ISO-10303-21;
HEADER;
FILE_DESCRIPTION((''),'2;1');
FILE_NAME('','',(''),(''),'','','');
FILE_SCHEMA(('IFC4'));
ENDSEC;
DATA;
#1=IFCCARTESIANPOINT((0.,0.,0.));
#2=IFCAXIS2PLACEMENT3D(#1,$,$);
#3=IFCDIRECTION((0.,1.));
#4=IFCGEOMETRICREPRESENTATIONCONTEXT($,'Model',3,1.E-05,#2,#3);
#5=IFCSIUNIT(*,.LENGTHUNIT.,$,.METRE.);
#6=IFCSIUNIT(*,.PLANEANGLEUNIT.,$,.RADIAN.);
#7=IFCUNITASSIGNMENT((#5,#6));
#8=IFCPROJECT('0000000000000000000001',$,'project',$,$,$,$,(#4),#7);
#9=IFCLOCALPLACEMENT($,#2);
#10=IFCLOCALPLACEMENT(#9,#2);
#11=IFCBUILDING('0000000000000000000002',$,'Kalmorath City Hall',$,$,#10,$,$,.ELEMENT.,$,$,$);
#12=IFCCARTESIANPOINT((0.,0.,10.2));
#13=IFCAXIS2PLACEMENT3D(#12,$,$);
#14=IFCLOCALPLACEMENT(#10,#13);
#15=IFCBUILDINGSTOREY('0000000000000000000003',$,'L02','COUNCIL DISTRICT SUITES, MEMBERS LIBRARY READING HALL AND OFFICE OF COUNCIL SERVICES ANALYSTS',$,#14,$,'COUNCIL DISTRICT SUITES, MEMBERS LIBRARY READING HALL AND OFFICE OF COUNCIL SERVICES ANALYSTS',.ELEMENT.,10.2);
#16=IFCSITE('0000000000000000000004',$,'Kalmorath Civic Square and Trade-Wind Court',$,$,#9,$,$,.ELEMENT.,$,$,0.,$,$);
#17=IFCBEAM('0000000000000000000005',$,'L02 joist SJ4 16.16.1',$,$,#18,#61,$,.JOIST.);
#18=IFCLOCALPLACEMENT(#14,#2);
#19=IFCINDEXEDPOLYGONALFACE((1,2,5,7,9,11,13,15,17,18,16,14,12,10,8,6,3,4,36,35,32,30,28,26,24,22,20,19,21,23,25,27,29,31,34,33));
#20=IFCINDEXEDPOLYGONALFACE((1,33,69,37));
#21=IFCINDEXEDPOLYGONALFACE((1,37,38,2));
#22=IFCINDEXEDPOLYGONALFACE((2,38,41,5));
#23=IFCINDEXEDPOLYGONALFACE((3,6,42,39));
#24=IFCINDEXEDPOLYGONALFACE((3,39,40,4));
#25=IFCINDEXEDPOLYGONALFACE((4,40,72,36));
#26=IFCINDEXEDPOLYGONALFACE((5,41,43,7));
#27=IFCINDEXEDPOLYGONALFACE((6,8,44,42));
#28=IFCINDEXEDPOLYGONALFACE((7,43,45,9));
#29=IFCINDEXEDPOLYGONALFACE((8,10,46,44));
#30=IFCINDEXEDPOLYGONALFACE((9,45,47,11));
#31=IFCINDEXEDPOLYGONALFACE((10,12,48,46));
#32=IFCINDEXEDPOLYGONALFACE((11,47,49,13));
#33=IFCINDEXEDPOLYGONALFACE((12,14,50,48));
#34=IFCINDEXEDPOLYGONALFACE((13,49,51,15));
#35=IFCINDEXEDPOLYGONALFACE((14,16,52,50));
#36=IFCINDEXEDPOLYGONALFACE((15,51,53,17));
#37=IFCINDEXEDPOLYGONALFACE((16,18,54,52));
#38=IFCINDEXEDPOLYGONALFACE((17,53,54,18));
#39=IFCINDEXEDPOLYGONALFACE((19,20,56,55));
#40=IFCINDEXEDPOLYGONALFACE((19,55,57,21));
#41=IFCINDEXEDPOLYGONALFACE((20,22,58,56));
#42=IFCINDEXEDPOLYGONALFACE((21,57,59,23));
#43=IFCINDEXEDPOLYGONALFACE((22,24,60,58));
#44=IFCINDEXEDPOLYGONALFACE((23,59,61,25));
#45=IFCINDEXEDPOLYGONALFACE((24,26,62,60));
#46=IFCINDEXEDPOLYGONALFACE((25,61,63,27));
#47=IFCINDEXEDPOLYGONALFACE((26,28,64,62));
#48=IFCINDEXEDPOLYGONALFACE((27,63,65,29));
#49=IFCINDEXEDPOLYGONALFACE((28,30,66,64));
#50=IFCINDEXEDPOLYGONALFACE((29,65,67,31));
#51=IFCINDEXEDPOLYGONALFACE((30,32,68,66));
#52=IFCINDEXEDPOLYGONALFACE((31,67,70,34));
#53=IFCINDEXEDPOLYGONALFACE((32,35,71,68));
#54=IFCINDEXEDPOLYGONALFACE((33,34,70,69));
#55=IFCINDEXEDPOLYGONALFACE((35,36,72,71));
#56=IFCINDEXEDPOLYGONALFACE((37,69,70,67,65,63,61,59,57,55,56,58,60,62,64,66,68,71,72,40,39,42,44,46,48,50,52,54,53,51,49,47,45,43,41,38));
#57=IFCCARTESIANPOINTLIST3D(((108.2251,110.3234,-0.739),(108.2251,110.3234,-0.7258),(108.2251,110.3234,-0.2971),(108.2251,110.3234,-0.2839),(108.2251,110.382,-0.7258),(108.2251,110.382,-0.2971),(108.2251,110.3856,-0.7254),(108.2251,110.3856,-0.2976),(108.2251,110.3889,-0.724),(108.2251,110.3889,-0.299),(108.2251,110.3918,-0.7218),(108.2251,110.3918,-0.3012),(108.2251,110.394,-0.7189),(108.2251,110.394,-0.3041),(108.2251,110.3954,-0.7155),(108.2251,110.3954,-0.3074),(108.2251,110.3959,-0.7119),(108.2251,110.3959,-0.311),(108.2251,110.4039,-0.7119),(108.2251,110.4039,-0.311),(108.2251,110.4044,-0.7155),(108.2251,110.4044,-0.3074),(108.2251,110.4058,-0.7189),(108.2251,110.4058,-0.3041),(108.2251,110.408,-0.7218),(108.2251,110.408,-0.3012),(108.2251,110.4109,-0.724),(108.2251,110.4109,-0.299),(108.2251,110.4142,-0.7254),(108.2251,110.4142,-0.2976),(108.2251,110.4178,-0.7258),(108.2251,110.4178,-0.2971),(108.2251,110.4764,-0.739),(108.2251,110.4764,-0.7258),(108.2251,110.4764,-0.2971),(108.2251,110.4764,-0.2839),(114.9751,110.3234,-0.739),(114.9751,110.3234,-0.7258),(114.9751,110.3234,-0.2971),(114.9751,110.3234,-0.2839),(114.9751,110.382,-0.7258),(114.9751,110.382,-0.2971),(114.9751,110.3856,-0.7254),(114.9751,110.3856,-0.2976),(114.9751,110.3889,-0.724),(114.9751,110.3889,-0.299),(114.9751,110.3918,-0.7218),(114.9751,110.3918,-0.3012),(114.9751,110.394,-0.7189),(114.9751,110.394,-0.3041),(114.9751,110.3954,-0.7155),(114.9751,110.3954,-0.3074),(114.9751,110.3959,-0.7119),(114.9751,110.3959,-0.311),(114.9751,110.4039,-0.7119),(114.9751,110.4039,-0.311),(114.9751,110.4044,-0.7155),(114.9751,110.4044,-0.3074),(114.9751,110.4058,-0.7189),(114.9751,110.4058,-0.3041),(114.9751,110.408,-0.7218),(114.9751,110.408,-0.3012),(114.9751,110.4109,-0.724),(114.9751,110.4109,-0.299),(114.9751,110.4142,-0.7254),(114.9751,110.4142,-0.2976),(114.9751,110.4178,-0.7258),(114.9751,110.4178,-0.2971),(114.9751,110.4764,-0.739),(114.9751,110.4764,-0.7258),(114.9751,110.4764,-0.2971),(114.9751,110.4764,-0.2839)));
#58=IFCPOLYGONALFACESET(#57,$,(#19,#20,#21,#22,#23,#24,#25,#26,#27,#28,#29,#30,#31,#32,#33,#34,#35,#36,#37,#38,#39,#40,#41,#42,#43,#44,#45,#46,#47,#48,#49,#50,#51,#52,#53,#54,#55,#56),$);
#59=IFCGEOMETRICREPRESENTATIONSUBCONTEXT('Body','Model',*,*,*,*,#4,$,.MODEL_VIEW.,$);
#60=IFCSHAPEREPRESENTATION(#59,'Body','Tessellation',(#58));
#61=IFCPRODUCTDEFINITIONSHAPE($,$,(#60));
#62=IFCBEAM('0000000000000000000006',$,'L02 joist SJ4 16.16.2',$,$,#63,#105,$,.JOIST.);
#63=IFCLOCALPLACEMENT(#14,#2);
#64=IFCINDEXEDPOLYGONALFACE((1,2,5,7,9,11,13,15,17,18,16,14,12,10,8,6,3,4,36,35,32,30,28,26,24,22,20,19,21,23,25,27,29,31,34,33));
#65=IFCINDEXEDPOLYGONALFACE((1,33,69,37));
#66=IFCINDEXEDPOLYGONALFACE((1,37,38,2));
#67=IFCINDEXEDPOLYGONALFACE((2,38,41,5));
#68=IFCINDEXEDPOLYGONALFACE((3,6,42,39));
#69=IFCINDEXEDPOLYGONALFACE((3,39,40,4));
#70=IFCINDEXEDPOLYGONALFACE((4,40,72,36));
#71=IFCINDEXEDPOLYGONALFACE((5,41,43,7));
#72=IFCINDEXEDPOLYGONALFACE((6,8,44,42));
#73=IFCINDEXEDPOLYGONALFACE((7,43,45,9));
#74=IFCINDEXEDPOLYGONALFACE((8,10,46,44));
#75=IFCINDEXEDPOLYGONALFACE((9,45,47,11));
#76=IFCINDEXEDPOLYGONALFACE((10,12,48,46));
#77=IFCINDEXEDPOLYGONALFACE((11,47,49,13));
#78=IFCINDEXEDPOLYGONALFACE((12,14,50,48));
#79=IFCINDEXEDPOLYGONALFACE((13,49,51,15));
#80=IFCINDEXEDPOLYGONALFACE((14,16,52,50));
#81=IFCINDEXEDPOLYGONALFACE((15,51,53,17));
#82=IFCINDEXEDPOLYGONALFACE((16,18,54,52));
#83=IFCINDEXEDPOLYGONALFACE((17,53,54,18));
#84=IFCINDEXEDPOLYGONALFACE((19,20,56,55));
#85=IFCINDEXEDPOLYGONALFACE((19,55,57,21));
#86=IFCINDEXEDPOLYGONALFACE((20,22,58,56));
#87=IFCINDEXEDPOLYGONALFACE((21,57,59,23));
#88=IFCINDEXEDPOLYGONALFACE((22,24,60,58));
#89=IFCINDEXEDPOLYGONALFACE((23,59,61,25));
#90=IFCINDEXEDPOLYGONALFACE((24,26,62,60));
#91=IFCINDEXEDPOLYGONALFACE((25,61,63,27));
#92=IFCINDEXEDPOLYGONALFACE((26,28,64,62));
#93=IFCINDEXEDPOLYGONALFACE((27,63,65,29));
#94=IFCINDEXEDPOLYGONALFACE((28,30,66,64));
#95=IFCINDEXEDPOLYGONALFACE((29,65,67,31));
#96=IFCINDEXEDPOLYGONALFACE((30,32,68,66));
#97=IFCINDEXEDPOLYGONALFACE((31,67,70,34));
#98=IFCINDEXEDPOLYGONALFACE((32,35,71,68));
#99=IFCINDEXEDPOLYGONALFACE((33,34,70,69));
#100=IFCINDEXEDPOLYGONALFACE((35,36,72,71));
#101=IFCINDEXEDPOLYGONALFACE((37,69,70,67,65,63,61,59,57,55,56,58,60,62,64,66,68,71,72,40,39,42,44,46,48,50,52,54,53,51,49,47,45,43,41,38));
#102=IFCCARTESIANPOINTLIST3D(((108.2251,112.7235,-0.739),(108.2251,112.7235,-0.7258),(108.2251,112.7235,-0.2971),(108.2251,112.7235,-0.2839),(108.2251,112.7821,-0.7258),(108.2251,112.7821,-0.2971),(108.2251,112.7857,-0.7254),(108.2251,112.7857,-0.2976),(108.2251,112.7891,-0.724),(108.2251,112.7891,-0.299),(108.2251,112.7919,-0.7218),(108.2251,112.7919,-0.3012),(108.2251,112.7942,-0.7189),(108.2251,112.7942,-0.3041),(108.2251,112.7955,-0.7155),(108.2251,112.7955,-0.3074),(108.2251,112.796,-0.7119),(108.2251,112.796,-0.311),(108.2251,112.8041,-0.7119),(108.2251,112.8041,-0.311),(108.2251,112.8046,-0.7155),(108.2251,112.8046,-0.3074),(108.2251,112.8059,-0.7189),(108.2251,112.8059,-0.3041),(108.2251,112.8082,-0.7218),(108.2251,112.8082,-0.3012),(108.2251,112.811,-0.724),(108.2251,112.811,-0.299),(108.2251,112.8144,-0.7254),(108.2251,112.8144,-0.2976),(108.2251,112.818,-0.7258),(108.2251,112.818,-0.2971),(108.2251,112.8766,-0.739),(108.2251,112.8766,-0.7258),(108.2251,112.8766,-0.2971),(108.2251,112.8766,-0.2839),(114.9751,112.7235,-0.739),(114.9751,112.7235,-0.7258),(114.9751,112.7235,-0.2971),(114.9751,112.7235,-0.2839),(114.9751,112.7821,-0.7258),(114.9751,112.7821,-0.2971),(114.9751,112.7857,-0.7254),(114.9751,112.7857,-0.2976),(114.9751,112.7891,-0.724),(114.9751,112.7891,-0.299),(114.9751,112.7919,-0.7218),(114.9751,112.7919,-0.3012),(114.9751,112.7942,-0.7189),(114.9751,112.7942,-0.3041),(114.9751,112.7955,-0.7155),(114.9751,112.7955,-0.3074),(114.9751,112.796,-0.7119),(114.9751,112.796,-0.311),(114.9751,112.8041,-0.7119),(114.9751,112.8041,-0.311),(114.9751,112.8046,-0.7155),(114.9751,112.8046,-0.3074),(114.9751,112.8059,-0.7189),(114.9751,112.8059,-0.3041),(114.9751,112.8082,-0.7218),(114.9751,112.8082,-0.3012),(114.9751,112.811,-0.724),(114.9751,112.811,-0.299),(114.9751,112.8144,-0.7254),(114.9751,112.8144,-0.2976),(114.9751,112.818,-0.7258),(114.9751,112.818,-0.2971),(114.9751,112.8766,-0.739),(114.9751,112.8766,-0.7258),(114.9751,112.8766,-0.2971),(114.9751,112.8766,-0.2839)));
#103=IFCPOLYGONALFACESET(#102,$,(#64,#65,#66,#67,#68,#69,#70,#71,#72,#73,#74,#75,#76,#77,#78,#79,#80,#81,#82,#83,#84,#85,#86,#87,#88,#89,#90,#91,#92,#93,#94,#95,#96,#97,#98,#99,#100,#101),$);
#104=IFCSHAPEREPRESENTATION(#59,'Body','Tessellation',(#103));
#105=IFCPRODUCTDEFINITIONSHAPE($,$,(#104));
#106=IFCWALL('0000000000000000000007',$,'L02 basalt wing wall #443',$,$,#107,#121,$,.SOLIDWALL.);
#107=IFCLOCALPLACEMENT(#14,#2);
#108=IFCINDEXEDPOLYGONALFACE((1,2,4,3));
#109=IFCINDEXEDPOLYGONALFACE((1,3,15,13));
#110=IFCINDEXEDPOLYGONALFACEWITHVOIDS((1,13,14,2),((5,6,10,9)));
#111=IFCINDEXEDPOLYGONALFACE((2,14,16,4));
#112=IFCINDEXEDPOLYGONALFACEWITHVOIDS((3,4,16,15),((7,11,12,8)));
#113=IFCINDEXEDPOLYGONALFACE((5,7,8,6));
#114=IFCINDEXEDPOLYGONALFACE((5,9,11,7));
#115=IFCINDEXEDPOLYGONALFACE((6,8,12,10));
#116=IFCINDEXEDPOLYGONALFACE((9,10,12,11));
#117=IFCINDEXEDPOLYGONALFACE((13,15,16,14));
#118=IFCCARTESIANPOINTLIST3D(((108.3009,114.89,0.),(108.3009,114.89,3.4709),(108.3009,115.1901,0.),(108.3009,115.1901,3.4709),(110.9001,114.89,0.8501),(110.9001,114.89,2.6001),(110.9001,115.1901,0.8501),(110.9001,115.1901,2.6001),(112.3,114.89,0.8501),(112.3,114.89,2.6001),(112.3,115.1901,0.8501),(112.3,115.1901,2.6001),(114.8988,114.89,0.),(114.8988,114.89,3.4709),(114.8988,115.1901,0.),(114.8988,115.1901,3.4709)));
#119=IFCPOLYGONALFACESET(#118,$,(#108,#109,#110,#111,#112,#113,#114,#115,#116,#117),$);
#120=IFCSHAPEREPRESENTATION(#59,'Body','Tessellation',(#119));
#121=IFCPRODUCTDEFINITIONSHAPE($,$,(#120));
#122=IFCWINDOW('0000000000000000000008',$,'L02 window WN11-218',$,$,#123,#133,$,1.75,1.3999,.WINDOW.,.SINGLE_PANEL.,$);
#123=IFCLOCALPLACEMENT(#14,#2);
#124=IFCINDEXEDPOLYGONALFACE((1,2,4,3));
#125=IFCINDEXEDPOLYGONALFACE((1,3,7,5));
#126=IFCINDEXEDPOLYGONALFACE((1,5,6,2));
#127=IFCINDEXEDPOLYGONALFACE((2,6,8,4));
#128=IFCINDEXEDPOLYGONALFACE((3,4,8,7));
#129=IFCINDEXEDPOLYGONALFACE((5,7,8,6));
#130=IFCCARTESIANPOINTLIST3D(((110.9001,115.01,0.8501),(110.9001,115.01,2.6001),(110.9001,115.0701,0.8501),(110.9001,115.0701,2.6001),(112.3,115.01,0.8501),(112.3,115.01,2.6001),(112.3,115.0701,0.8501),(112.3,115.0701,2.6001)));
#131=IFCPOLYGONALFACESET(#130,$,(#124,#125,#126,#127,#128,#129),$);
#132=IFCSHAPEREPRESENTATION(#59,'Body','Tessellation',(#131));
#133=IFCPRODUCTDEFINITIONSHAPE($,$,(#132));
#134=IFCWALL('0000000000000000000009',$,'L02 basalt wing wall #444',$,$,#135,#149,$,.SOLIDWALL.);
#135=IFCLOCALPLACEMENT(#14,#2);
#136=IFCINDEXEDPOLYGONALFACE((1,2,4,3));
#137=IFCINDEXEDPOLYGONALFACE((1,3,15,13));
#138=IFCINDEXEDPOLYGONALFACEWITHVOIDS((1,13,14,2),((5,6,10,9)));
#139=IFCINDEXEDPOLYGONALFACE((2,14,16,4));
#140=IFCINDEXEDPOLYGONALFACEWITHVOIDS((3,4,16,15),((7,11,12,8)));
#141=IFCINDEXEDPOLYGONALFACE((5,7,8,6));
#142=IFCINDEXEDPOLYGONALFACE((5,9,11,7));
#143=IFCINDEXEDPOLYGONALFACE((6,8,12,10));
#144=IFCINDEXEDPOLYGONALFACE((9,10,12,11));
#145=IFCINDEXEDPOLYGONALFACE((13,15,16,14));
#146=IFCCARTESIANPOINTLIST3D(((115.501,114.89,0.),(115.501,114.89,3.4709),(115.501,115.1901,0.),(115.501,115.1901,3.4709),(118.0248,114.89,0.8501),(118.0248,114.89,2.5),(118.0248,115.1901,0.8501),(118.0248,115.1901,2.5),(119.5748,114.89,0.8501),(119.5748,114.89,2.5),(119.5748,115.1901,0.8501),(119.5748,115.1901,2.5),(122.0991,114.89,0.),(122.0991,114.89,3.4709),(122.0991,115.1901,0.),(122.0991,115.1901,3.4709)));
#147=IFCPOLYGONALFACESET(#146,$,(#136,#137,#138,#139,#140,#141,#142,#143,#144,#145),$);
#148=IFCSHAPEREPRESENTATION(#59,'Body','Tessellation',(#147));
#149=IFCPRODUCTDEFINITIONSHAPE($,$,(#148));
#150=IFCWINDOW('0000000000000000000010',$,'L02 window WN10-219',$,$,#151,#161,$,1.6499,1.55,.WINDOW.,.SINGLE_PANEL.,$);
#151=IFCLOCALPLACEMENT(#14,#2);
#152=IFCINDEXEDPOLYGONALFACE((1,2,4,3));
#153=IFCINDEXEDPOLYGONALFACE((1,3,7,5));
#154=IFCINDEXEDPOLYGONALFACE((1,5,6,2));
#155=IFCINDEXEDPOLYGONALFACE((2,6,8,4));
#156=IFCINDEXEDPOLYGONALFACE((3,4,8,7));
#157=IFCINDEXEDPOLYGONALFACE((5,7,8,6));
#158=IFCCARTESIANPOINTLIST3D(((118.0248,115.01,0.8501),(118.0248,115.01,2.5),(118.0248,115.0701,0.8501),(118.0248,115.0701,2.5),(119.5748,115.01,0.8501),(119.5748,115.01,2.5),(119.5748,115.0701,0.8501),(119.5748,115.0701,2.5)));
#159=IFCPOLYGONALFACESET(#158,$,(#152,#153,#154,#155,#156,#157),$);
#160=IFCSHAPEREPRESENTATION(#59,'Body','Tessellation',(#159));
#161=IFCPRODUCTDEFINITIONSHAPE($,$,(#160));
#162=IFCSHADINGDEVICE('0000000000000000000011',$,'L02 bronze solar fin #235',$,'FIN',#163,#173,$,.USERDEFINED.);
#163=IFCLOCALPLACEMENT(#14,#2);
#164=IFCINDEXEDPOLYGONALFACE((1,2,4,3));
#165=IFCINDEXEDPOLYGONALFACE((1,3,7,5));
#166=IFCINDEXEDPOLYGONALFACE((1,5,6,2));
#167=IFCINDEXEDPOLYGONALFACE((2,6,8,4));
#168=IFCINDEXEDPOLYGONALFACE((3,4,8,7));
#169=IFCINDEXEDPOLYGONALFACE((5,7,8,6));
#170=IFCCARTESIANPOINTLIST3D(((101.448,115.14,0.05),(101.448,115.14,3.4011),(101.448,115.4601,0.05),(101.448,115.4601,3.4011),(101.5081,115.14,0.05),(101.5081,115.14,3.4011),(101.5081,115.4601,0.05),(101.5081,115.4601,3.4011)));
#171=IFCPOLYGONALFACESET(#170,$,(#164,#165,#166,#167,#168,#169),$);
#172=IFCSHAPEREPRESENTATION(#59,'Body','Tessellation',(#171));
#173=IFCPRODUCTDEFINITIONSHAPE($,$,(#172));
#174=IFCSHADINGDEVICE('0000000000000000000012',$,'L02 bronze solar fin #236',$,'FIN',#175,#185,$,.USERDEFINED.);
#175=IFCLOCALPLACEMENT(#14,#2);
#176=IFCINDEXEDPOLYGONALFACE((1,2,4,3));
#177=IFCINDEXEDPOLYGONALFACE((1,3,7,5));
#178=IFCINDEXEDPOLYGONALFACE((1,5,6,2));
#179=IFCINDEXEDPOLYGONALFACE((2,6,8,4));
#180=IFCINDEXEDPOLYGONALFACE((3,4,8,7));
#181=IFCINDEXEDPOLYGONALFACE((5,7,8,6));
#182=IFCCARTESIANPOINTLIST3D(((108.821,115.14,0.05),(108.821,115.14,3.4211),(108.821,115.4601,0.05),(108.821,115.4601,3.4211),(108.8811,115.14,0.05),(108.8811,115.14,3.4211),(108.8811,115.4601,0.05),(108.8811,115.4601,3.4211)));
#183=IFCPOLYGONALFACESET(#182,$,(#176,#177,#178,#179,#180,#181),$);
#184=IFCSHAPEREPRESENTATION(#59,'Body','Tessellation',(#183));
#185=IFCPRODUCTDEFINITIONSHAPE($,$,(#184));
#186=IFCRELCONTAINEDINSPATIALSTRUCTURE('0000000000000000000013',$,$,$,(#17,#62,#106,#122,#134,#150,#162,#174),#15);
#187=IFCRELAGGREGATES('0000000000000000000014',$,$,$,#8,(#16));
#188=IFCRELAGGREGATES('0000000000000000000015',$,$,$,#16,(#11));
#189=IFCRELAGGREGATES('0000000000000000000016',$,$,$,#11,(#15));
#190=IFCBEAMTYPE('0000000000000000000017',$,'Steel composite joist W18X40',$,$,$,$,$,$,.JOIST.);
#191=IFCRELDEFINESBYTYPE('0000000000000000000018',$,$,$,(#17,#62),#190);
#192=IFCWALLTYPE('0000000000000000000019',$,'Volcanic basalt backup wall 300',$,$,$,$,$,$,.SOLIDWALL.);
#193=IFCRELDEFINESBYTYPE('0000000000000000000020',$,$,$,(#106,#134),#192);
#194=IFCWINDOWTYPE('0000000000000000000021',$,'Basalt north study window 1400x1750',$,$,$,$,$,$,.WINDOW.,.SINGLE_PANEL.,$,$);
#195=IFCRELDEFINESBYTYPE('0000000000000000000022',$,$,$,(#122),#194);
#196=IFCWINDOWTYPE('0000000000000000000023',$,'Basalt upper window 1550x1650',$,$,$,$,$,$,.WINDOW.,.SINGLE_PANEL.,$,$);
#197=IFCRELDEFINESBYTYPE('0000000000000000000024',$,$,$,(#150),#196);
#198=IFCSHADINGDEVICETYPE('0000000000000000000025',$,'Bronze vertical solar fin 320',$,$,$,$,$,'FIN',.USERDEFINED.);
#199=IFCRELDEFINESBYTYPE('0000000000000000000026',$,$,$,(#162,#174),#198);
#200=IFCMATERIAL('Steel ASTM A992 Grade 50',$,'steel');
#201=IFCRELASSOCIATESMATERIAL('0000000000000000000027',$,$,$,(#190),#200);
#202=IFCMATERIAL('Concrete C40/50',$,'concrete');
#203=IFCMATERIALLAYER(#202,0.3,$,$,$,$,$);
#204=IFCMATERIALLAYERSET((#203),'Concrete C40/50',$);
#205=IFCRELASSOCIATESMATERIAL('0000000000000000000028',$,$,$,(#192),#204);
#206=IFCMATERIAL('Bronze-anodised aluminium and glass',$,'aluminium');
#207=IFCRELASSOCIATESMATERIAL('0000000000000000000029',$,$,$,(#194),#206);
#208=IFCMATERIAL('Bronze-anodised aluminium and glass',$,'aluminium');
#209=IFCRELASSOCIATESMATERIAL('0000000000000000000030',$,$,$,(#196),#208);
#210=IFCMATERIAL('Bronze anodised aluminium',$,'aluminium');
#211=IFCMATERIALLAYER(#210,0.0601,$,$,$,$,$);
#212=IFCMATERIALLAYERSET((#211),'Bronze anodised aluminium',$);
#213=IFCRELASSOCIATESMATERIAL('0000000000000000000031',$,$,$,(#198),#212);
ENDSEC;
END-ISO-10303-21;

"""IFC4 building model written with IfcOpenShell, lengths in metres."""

from ifc_helpers import new_model, si_unit, direction, frame, frame_2d, origin, origin_2d, place, context, subcontext, project, spatial, rectangle, i_section, extrude, material, layer, layer_set, material_profile, profile_set, type_object, element, fill, save


model = new_model("IFC4")

# Units and contexts
model_context = context("Model", 3, precision=1e-05, world=origin(), true_north=direction((0.0, 1.0)))
body_context = subcontext(model_context, "Body", "Model", "MODEL_VIEW")
ifc_project = project(units=[si_unit("LENGTHUNIT", "METRE"), si_unit("PLANEANGLEUNIT", "RADIAN")], contexts=[model_context])

# Site, building, storey
site_placement = place(None, origin())
site = spatial("IfcSite", under=ifc_project, at=site_placement, Name="Kalmorath Civic Square and Trade-Wind Court", CompositionType="ELEMENT", RefElevation=0.0)
building_placement = place(site_placement, origin())
building = spatial("IfcBuilding", under=site, at=building_placement, Name="Kalmorath City Hall", CompositionType="ELEMENT")
storey_placement = place(building_placement, frame((0.0, 0.0, 10.2)))
storey = spatial("IfcBuildingStorey", under=building, at=storey_placement, Name="L02", Description="COUNCIL DISTRICT SUITES, MEMBERS LIBRARY READING HALL AND OFFICE OF COUNCIL SERVICES ANALYSTS", LongName="COUNCIL DISTRICT SUITES, MEMBERS LIBRARY READING HALL AND OFFICE OF COUNCIL SERVICES ANALYSTS", CompositionType="ELEMENT", Elevation=10.2)

# Beams
ifc_material_1 = material(Name="Steel ASTM A992 Grade 50", Category="steel")
ifc_material_profile_1 = material_profile(ifc_material_1, i_section(OverallWidth=0.1531, OverallDepth=0.4551, WebThickness=0.0081, FlangeThickness=0.0132, FilletRadius=0.0139, at=origin_2d()), Name="W18X40")
ifc_profile_set_1 = profile_set([ifc_material_profile_1], Name="Steel ASTM A992 Grade 50")
beam_type_1 = type_object("IfcBeamType", Name="Steel composite joist W18X40", PredefinedType="JOIST", material=ifc_profile_set_1)
for number, where, z_axis, x_axis, name in (
    (1, (108.2251, 110.3999, -0.5115), (1.0, 0.0, 0.0), (0.0, 1.0, 0.0), "L02 joist SJ4 16.16.1"),
    (2, (108.2251, 112.8, -0.5115), (1.0, 0.0, 0.0), (0.0, 1.0, 0.0), "L02 joist SJ4 16.16.2"),
):
    element("IfcBeam", number, at=place(storey_placement, frame(where, z_axis=z_axis, x_axis=x_axis)), inside=storey, type_object=beam_type_1, Name=name, PredefinedType="JOIST", context=body_context, shape_type="SweptSolid", body=[
        extrude(i_section(OverallWidth=0.1531, OverallDepth=0.4551, WebThickness=0.0081, FlangeThickness=0.0132, FilletRadius=0.0139, at=origin_2d()), origin(), (0.0, 0.0, 1.0), 6.75),
    ])

# Walls, openings, windows
ifc_material_2 = material(Name="Concrete C40/50", Category="concrete")
ifc_layer_1 = layer(ifc_material_2, 0.3)
ifc_layer_set_1 = layer_set([ifc_layer_1], Name="Concrete C40/50")
wall_type = type_object("IfcWallType", Name="Volcanic basalt backup wall 300", PredefinedType="SOLIDWALL", material=ifc_layer_set_1)
wall_1_placement = place(storey_placement, frame((108.301, 115.04, 0.0), z_axis=(0.0, 0.0, 1.0), x_axis=(1.0, 0.0, 0.0)))
wall_1 = element("IfcWall", 3, at=wall_1_placement, inside=storey, type_object=wall_type, Name="L02 basalt wing wall #443", PredefinedType="SOLIDWALL", context=body_context, shape_type="SweptSolid", body=[
    extrude(rectangle(XDim=6.5979, YDim=0.3, at=frame_2d((3.2988, 0.0))), origin(), (0.0, 0.0, 1.0), 3.4709),
])
opening_1_placement = place(wall_1_placement, frame((2.5991, 0.0, 0.8501)))
opening_1 = element("IfcOpeningElement", 4, at=opening_1_placement, cuts=wall_1, PredefinedType="OPENING", context=body_context, shape_type="SweptSolid", body=[
    extrude(rectangle(XDim=1.3999, YDim=1.75, at=frame_2d((0.7, 0.875))), frame((0.0, 0.1599, 0.0), z_axis=(0.0, -1.0, 0.0), x_axis=(1.0, 0.0, 0.0)), (0.0, 0.0, 1.0), 0.3201),
])
ifc_material_3 = material(Name="Bronze-anodised aluminium and glass", Category="aluminium")
window_type_1 = type_object("IfcWindowType", Name="Basalt north study window 1400x1750", PartitioningType="SINGLE_PANEL", PredefinedType="WINDOW", material=ifc_material_3)
window_1_placement = place(opening_1_placement, origin())
window_1 = element("IfcWindow", 5, at=window_1_placement, inside=storey, type_object=window_type_1, Name="L02 window WN11-218", OverallHeight=1.75, OverallWidth=1.3999, PartitioningType="SINGLE_PANEL", PredefinedType="WINDOW", context=body_context, shape_type="SweptSolid", body=[
    extrude(rectangle(XDim=1.3999, YDim=1.75, at=frame_2d((0.7, 0.875))), frame((0.0, 0.03, 0.0), z_axis=(0.0, -1.0, 0.0), x_axis=(1.0, 0.0, 0.0)), (0.0, 0.0, 1.0), 0.0601),
])
fill(opening_1, window_1)
wall_2_placement = place(storey_placement, frame((115.501, 115.04, 0.0), z_axis=(0.0, 0.0, 1.0), x_axis=(1.0, 0.0, 0.0)))
wall_2 = element("IfcWall", 6, at=wall_2_placement, inside=storey, type_object=wall_type, Name="L02 basalt wing wall #444", PredefinedType="SOLIDWALL", context=body_context, shape_type="SweptSolid", body=[
    extrude(rectangle(XDim=6.5981, YDim=0.3, at=frame_2d((3.2991, 0.0))), origin(), (0.0, 0.0, 1.0), 3.4709),
])
opening_2_placement = place(wall_2_placement, frame((2.5239, 0.0, 0.8501)))
opening_2 = element("IfcOpeningElement", 7, at=opening_2_placement, cuts=wall_2, PredefinedType="OPENING", context=body_context, shape_type="SweptSolid", body=[
    extrude(rectangle(XDim=1.55, YDim=1.6499, at=frame_2d((0.7749, 0.825))), frame((0.0, 0.1599, 0.0), z_axis=(0.0, -1.0, 0.0), x_axis=(1.0, 0.0, 0.0)), (0.0, 0.0, 1.0), 0.3201),
])
ifc_material_4 = material(Name="Bronze-anodised aluminium and glass", Category="aluminium")
window_type_2 = type_object("IfcWindowType", Name="Basalt upper window 1550x1650", PartitioningType="SINGLE_PANEL", PredefinedType="WINDOW", material=ifc_material_4)
window_2_placement = place(opening_2_placement, origin())
window_2 = element("IfcWindow", 8, at=window_2_placement, inside=storey, type_object=window_type_2, Name="L02 window WN10-219", OverallHeight=1.6499, OverallWidth=1.55, PartitioningType="SINGLE_PANEL", PredefinedType="WINDOW", context=body_context, shape_type="SweptSolid", body=[
    extrude(rectangle(XDim=1.55, YDim=1.6499, at=frame_2d((0.7749, 0.825))), frame((0.0, 0.03, 0.0), z_axis=(0.0, -1.0, 0.0), x_axis=(1.0, 0.0, 0.0)), (0.0, 0.0, 1.0), 0.0601),
])
fill(opening_2, window_2)

# Shading devices
ifc_material_5 = material(Name="Bronze anodised aluminium", Category="aluminium")
ifc_layer_2 = layer(ifc_material_5, 0.0601)
ifc_layer_set_2 = layer_set([ifc_layer_2], Name="Bronze anodised aluminium")
shading_device_type = type_object("IfcShadingDeviceType", Name="Bronze vertical solar fin 320", ElementType="FIN", PredefinedType="USERDEFINED", material=ifc_layer_set_2)
shading_device_placement = place(storey_placement, frame((101.478, 115.3, 0.05), z_axis=(0.0, 0.0, 1.0), x_axis=(1.0, 0.0, 0.0)))
element("IfcShadingDevice", 9, at=shading_device_placement, inside=storey, type_object=shading_device_type, Name="L02 bronze solar fin #235", ObjectType="FIN", PredefinedType="USERDEFINED", context=body_context, shape_type="SweptSolid", body=[
    extrude(rectangle(XDim=0.0601, YDim=0.3201, at=origin_2d()), origin(), (0.0, 0.0, 1.0), 3.3511),
])
for number, where, z_axis, x_axis, name in (
    (10, (108.8511, 115.3, 0.05), (0.0, 0.0, 1.0), (1.0, 0.0, 0.0), "L02 bronze solar fin #236"),
):
    element("IfcShadingDevice", number, at=place(storey_placement, frame(where, z_axis=z_axis, x_axis=x_axis)), inside=storey, type_object=shading_device_type, Name=name, ObjectType="FIN", PredefinedType="USERDEFINED", context=body_context, shape_type="SweptSolid", body=[
        extrude(rectangle(XDim=0.0601, YDim=0.3201, at=origin_2d()), origin(), (0.0, 0.0, 1.0), 3.3711),
    ])

save(model, "model.ifc")
